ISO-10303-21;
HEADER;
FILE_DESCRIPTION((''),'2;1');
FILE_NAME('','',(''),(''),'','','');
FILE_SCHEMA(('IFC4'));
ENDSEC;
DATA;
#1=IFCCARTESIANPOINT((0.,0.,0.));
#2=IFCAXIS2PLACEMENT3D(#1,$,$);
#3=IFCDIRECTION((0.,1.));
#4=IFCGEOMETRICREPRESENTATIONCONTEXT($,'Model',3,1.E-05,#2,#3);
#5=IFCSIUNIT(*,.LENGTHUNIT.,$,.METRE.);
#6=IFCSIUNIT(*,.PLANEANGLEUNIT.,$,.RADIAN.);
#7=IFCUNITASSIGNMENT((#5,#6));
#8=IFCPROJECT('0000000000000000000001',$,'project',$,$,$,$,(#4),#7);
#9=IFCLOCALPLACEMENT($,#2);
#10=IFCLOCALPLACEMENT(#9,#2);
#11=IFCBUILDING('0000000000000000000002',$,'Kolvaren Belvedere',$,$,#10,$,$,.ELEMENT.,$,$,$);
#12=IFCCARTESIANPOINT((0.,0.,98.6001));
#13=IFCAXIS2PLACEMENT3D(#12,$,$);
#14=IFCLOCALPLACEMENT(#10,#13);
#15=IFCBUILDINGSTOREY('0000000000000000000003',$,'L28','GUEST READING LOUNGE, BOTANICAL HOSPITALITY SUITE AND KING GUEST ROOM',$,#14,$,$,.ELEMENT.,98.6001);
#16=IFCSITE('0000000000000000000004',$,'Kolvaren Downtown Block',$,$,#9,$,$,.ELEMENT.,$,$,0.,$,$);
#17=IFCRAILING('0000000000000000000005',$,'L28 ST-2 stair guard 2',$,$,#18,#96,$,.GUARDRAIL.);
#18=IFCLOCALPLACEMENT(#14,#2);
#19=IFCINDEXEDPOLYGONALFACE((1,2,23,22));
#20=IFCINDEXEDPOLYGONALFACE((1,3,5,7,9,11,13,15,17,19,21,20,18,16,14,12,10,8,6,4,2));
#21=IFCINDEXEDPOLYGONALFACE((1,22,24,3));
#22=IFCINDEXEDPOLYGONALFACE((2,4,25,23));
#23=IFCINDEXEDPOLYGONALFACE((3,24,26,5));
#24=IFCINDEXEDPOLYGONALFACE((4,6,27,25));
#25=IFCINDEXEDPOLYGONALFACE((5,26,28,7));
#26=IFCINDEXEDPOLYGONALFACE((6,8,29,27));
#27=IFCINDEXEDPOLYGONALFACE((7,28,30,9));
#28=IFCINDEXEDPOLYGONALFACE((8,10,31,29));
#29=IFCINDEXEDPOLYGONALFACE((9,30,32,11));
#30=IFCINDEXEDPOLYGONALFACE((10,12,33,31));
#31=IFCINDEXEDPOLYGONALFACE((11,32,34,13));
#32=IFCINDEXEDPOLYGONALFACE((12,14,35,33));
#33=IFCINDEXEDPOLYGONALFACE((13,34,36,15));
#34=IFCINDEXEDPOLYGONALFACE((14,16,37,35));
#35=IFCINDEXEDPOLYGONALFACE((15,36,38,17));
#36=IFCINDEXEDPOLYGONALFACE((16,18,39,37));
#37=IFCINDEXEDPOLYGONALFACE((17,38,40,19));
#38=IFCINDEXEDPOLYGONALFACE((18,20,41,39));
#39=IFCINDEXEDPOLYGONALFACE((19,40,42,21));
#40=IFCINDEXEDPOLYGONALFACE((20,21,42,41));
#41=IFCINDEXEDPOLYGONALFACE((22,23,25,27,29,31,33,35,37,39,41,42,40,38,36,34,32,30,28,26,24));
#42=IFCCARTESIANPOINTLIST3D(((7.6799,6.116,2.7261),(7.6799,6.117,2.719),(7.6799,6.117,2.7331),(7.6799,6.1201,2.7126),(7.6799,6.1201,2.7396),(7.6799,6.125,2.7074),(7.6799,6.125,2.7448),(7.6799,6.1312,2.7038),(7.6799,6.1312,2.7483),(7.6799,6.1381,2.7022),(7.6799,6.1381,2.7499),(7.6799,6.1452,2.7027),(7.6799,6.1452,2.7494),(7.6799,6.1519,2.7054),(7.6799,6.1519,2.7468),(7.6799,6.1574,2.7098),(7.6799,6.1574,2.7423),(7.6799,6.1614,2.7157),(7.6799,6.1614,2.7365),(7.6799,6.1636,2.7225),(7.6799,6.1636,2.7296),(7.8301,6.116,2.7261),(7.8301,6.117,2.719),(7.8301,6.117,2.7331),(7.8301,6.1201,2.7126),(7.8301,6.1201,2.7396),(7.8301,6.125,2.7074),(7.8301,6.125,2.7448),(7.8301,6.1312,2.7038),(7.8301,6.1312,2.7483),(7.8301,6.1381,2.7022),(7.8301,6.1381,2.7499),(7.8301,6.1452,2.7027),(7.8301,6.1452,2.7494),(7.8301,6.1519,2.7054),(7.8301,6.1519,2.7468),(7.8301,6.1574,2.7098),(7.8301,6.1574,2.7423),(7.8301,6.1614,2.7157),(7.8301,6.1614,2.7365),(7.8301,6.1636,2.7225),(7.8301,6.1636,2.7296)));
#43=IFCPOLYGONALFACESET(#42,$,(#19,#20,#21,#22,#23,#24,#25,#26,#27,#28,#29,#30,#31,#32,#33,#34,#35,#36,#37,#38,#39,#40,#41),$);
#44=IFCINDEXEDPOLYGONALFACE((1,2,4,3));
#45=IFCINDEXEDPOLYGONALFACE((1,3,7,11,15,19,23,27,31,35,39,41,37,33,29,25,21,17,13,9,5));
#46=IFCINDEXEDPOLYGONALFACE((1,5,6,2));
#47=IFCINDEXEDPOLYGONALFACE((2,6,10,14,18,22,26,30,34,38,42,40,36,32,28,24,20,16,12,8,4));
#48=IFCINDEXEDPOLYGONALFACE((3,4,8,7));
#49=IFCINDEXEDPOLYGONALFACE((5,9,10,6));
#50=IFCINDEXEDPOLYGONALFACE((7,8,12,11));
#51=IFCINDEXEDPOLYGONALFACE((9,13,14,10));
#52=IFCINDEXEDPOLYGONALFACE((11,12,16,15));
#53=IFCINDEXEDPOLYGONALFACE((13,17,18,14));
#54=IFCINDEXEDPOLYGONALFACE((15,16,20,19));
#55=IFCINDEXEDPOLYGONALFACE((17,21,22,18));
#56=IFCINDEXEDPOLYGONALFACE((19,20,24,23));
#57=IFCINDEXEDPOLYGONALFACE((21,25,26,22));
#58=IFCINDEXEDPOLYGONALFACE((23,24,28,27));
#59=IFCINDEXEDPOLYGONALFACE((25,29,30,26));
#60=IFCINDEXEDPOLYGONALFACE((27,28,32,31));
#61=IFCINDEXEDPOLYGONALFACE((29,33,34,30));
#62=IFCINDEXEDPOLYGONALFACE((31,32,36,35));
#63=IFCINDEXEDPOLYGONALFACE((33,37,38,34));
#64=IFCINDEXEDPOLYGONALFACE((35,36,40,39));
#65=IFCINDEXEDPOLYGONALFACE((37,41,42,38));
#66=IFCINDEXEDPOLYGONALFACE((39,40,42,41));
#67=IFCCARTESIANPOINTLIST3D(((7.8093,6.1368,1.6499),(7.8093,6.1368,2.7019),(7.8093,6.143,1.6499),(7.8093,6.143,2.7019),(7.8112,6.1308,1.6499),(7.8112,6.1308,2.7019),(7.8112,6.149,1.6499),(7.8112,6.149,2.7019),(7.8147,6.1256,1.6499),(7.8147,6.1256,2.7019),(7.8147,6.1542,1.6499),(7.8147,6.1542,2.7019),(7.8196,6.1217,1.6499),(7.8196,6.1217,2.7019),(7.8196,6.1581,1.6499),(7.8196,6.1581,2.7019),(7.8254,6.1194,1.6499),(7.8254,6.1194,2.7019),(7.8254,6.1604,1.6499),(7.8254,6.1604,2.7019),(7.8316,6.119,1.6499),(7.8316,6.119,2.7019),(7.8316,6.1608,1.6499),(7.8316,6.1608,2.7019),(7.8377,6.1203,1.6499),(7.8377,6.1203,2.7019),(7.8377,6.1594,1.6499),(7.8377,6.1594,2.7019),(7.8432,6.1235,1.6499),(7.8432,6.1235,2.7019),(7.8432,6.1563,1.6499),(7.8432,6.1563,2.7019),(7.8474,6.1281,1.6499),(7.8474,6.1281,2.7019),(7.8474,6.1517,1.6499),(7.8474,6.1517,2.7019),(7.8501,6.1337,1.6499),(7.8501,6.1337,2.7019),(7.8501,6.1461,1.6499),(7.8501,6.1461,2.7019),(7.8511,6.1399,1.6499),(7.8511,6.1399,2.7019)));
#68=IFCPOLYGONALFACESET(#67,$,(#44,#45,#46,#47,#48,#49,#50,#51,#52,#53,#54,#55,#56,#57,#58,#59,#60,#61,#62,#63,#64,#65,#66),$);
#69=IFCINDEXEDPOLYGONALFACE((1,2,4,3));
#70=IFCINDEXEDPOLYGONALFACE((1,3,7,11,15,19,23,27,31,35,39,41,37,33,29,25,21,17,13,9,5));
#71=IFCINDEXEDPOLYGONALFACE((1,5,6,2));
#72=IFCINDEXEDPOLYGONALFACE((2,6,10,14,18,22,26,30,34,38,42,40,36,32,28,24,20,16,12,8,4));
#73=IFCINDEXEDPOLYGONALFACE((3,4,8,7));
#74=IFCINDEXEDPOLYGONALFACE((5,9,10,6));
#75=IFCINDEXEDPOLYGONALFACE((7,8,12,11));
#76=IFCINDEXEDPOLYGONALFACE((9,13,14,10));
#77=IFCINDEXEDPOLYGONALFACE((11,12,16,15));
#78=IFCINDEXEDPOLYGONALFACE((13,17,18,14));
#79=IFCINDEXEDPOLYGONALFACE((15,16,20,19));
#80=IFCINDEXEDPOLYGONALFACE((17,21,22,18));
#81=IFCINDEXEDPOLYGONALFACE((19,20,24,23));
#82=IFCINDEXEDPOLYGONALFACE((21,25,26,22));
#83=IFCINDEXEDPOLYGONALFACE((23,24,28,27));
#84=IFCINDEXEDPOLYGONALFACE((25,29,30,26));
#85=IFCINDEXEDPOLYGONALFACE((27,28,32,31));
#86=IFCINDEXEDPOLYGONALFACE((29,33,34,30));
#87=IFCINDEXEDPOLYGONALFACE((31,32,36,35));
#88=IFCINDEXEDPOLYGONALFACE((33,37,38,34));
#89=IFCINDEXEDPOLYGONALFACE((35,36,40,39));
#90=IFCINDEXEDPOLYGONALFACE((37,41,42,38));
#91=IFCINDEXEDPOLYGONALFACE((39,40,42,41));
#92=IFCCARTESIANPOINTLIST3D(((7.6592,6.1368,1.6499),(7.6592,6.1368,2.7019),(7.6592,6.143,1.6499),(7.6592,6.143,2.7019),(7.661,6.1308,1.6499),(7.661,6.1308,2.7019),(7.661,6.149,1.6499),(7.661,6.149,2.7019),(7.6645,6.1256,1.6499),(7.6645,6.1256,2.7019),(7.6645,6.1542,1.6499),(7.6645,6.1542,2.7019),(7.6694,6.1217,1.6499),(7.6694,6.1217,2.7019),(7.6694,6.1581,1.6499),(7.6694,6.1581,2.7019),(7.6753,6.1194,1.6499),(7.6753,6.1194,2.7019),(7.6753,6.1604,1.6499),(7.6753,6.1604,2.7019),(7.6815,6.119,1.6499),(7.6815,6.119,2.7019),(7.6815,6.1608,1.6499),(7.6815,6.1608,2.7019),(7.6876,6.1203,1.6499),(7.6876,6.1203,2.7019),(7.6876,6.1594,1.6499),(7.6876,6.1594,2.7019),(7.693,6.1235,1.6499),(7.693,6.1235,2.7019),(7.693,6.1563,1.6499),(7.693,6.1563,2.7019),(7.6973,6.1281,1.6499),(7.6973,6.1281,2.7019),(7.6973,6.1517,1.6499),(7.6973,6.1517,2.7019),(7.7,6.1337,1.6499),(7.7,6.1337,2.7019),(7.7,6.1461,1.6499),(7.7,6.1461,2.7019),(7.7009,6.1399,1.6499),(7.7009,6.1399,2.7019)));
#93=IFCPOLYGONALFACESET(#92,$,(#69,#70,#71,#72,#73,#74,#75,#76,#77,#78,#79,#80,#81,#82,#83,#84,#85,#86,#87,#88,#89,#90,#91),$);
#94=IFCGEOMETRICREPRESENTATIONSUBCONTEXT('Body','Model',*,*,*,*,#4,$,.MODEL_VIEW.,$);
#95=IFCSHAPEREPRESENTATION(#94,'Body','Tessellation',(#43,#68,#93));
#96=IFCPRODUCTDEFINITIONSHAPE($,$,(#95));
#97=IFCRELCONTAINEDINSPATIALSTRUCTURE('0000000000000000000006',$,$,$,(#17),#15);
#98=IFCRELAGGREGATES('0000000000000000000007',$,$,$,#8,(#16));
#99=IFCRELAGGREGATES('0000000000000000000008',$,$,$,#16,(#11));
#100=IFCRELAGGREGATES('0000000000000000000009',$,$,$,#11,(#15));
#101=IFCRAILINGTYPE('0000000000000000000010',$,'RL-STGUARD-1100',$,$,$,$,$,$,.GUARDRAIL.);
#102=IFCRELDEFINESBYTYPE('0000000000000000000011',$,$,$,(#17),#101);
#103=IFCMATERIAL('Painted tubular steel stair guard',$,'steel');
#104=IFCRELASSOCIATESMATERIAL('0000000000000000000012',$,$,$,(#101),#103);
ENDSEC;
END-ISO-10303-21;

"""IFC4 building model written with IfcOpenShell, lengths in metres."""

from ifc_helpers import new_model, si_unit, direction, frame, origin, origin_2d, place, context, subcontext, project, spatial, circle, extrude, material, type_object, element, save


model = new_model("IFC4")

# Units and contexts
model_context = context("Model", 3, precision=1e-05, world=origin(), true_north=direction((0.0, 1.0)))
body_context = subcontext(model_context, "Body", "Model", "MODEL_VIEW")
ifc_project = project(units=[si_unit("LENGTHUNIT", "METRE"), si_unit("PLANEANGLEUNIT", "RADIAN")], contexts=[model_context])

# Site, building, storey
site_placement = place(None, origin())
site = spatial("IfcSite", under=ifc_project, at=site_placement, Name="Kolvaren Downtown Block", CompositionType="ELEMENT", RefElevation=0.0)
building_placement = place(site_placement, origin())
building = spatial("IfcBuilding", under=site, at=building_placement, Name="Kolvaren Belvedere", CompositionType="ELEMENT")
storey_placement = place(building_placement, frame((0.0, 0.0, 98.6001)))
storey = spatial("IfcBuildingStorey", under=building, at=storey_placement, Name="L28", Description="GUEST READING LOUNGE, BOTANICAL HOSPITALITY SUITE AND KING GUEST ROOM", CompositionType="ELEMENT", Elevation=98.6001)

# Railing
ifc_material_1 = material(Name="Painted tubular steel stair guard", Category="steel")
railing_type_1 = type_object("IfcRailingType", Name="RL-STGUARD-1100", PredefinedType="GUARDRAIL", material=ifc_material_1)
railing_1_placement = place(storey_placement, frame((7.8301, 6.1399, 1.6499)))
element("IfcRailing", 1, at=railing_1_placement, inside=storey, type_object=railing_type_1, Name="L28 ST-2 stair guard 2", PredefinedType="GUARDRAIL", context=body_context, shape_type="SweptSolid", body=[
    extrude(circle(Radius=0.0239, at=origin_2d()), frame((0.0, 0.0, 1.0762), z_axis=(-1.0, 0.0, 0.0), x_axis=(0.0, -1.0, 0.0)), (0.0, 0.0, 1.0), 0.1501),
    extrude(circle(Radius=0.021, at=origin_2d()), origin(), (0.0, 0.0, 1.0), 1.052),
    extrude(circle(Radius=0.021, at=origin_2d()), frame((-0.1501, 0.0, 0.0)), (0.0, 0.0, 1.0), 1.052),
])

save(model, "model.ifc")
